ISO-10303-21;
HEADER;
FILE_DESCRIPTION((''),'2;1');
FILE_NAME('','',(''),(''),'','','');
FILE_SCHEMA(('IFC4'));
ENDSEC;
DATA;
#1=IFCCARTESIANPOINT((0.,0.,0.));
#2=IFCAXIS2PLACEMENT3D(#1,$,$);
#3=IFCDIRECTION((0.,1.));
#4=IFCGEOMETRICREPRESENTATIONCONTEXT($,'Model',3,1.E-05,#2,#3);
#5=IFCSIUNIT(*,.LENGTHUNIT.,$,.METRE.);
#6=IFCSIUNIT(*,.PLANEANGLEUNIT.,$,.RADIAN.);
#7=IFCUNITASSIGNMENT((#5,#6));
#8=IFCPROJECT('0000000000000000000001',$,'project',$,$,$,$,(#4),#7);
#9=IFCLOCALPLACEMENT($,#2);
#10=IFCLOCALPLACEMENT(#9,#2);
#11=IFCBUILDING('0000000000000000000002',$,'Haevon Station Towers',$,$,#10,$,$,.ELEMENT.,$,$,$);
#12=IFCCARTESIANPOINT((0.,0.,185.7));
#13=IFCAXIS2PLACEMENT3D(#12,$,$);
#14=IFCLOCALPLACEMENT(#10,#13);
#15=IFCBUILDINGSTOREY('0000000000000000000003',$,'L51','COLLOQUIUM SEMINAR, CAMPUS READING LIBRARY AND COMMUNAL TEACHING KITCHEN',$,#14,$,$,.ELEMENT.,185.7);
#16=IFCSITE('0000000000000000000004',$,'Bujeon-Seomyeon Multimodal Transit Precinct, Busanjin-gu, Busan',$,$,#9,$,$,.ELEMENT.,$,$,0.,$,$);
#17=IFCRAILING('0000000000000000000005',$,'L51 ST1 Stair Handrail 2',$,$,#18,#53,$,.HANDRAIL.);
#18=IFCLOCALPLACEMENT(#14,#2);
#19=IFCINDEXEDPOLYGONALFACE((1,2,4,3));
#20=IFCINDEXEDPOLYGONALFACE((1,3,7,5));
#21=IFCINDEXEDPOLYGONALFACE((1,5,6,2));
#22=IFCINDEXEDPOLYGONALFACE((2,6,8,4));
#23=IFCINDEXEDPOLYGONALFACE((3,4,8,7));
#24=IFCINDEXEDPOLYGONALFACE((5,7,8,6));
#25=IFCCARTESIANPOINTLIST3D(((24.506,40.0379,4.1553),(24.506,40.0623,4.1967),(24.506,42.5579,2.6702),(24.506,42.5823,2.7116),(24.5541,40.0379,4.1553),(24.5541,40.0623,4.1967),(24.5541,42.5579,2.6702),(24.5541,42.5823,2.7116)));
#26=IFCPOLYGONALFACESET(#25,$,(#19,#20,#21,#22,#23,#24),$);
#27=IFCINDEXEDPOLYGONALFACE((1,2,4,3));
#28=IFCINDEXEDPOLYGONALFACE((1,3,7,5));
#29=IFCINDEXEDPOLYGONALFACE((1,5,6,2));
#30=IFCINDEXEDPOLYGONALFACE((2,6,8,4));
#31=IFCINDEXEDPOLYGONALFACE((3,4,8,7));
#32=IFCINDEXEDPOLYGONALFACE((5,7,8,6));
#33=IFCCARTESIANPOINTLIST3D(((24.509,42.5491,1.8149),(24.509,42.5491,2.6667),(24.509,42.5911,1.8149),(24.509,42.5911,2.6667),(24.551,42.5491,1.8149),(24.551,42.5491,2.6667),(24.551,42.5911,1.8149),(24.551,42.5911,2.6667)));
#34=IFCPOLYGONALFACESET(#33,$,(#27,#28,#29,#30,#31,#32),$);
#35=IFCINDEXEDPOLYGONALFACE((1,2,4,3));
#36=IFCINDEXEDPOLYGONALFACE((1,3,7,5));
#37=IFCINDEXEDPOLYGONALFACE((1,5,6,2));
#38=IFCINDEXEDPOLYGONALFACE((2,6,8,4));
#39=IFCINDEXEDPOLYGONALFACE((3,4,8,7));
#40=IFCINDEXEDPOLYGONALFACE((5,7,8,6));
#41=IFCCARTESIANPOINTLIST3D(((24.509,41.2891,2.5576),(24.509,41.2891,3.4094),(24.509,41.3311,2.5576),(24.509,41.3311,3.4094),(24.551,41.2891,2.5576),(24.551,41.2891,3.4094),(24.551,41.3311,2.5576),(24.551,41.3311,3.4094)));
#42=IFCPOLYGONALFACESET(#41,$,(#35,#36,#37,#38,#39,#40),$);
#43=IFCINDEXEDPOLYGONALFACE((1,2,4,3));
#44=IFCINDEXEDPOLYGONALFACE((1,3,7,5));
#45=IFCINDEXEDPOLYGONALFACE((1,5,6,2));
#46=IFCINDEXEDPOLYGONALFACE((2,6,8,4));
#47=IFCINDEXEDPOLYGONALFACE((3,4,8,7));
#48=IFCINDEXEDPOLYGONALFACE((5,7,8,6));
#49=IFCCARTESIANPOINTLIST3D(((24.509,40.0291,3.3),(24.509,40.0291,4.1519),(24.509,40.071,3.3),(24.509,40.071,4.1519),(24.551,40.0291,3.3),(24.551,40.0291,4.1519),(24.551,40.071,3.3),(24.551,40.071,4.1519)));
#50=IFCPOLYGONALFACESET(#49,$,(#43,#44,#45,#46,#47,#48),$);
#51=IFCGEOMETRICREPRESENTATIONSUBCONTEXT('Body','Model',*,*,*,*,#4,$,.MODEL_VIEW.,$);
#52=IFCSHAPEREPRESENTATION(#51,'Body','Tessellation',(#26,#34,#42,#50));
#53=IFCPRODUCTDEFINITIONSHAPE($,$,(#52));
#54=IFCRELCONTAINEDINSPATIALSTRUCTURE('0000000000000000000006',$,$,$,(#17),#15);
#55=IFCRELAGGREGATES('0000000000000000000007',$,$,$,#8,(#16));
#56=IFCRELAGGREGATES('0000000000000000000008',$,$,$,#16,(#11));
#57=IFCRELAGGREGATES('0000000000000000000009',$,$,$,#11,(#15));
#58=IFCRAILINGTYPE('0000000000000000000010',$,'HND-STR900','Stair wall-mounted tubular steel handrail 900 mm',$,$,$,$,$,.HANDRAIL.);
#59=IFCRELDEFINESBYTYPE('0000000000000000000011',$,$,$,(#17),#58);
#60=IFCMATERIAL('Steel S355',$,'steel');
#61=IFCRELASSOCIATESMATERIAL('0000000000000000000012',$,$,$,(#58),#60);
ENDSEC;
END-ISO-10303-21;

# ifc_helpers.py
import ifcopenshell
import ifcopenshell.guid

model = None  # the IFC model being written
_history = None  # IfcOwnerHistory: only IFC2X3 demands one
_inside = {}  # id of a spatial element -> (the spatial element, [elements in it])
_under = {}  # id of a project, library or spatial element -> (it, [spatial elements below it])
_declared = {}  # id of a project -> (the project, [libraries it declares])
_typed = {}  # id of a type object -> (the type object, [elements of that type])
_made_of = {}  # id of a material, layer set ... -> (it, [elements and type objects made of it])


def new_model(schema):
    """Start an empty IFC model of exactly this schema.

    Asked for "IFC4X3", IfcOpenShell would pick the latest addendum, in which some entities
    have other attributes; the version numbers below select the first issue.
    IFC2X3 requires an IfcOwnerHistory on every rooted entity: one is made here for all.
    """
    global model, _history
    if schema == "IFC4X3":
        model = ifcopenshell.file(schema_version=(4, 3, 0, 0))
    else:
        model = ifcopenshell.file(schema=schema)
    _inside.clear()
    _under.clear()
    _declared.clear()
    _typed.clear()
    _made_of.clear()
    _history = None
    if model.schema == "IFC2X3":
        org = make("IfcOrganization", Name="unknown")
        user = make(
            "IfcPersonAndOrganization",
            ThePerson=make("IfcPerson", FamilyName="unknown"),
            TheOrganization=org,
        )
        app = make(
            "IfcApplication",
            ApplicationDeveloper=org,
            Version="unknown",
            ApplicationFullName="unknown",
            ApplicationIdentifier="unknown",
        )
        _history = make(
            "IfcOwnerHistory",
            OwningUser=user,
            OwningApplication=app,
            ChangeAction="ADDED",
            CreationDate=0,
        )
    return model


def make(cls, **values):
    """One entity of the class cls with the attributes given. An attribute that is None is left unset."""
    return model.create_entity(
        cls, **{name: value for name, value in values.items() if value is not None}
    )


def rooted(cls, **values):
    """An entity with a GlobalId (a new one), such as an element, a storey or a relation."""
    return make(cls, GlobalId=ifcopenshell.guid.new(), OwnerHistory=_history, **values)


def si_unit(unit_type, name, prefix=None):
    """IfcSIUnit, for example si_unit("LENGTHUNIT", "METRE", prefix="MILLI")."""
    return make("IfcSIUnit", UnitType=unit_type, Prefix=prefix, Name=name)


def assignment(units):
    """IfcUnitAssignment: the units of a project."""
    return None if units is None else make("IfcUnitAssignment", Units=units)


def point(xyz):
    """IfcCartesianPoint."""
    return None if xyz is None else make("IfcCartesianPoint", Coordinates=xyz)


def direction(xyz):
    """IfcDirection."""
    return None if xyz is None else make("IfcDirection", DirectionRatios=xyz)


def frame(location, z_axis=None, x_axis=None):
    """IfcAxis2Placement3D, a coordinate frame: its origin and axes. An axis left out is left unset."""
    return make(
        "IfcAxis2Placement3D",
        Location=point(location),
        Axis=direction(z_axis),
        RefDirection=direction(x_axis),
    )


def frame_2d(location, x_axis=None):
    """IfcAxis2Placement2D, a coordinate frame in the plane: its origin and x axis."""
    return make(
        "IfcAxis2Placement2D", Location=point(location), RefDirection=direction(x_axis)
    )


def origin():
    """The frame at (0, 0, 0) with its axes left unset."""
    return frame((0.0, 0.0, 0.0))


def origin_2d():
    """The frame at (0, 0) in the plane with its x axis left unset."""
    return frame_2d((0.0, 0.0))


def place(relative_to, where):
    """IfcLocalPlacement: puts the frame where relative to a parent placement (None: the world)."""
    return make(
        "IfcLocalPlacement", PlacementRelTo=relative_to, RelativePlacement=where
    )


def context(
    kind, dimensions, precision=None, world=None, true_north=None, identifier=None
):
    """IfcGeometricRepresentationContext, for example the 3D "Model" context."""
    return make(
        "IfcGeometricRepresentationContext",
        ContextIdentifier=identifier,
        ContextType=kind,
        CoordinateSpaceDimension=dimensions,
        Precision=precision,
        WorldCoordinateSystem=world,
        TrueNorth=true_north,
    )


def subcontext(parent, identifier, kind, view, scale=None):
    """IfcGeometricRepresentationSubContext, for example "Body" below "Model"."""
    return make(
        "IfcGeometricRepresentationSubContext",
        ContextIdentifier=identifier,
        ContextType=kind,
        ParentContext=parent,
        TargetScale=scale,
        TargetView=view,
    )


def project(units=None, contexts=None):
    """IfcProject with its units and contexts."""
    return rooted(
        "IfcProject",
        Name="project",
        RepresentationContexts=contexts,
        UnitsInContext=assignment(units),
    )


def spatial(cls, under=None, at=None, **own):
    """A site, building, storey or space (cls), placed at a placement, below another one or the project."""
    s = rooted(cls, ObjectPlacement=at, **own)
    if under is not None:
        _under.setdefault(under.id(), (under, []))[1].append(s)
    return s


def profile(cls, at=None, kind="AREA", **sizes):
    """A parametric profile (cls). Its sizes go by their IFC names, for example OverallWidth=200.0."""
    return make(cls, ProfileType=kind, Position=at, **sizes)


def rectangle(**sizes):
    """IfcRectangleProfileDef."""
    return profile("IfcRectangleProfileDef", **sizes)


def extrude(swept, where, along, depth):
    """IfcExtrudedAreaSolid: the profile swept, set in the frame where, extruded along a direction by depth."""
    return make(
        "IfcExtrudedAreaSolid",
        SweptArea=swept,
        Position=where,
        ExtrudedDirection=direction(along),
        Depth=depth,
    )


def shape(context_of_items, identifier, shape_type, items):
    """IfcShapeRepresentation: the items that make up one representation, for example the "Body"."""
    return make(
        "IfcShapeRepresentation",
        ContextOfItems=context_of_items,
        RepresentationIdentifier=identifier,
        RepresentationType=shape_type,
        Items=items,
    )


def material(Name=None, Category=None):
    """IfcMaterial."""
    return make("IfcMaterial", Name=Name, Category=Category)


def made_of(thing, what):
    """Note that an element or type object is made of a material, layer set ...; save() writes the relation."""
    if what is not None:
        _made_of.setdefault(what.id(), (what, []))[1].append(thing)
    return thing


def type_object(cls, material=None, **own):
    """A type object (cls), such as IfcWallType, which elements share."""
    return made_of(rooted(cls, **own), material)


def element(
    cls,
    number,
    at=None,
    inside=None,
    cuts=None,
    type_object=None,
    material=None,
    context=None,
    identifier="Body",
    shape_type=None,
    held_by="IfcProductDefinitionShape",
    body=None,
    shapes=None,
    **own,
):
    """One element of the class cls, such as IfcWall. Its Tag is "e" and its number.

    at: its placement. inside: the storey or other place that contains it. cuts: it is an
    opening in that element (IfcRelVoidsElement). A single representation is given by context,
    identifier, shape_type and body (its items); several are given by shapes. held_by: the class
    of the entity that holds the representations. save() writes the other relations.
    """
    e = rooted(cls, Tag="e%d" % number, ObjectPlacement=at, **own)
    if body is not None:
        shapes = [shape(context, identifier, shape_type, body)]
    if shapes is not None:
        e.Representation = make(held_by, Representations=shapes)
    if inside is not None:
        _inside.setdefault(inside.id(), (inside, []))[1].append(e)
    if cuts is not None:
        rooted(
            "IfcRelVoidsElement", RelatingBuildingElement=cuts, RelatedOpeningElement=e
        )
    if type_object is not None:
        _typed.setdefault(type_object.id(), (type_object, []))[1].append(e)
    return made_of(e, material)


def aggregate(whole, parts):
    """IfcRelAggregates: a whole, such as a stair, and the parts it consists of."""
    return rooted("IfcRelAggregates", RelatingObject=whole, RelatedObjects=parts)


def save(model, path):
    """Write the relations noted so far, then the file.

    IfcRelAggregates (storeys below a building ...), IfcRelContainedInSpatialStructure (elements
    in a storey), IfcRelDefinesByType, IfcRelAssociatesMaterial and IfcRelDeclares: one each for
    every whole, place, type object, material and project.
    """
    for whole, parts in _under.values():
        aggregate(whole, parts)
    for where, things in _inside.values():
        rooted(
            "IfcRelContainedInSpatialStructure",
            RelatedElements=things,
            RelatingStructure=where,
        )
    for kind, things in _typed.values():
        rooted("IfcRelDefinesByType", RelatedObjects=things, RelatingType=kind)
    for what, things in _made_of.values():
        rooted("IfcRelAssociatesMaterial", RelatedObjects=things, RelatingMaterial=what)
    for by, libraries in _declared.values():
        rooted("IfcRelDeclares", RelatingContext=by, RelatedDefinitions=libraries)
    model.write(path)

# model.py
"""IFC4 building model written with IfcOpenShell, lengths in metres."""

from ifc_helpers import new_model, si_unit, direction, frame, origin, origin_2d, place, context, subcontext, project, spatial, rectangle, extrude, material, type_object, element, save


model = new_model("IFC4")

# Units and contexts
model_context = context("Model", 3, precision=1e-05, world=origin(), true_north=direction((0.0, 1.0)))
body_context = subcontext(model_context, "Body", "Model", "MODEL_VIEW")
ifc_project = project(units=[si_unit("LENGTHUNIT", "METRE"), si_unit("PLANEANGLEUNIT", "RADIAN")], contexts=[model_context])

# Site, building, storey
site_placement = place(None, origin())
site = spatial("IfcSite", under=ifc_project, at=site_placement, Name="Bujeon-Seomyeon Multimodal Transit Precinct, Busanjin-gu, Busan", CompositionType="ELEMENT", RefElevation=0.0)
building_placement = place(site_placement, origin())
building = spatial("IfcBuilding", under=site, at=building_placement, Name="Haevon Station Towers", CompositionType="ELEMENT")
storey_placement = place(building_placement, frame((0.0, 0.0, 185.7)))
storey = spatial("IfcBuildingStorey", under=building, at=storey_placement, Name="L51", Description="COLLOQUIUM SEMINAR, CAMPUS READING LIBRARY AND COMMUNAL TEACHING KITCHEN", CompositionType="ELEMENT", Elevation=185.7)

# Shared definitions
ifc_material_1 = material(Name="Steel S355", Category="steel")

# Railing
railing_type_1 = type_object("IfcRailingType", Name="HND-STR900", Description="Stair wall-mounted tubular steel handrail 900 mm", PredefinedType="HANDRAIL", material=ifc_material_1)
railing_1_placement = place(storey_placement, frame((24.53, 42.5701, 1.8149)))
element("IfcRailing", 1, at=railing_1_placement, inside=storey, type_object=railing_type_1, Name="L51 ST1 Stair Handrail 2", PredefinedType="HANDRAIL", context=body_context, shape_type="SweptSolid", body=[
    extrude(rectangle(XDim=0.0481, YDim=0.0481, at=origin_2d()), frame((0.0, 0.0, 0.876), z_axis=(0.0, -0.861524, 0.507717), x_axis=(1.0, 0.0, 0.0)), (0.0, 0.0, 1.0), 2.925),
    extrude(rectangle(XDim=0.042, YDim=0.042, at=origin_2d()), origin(), (0.0, 0.0, 1.0), 0.8518),
    extrude(rectangle(XDim=0.042, YDim=0.042, at=origin_2d()), frame((0.0, -1.26, 0.7427)), (0.0, 0.0, 1.0), 0.8518),
    extrude(rectangle(XDim=0.042, YDim=0.042, at=origin_2d()), frame((0.0, -2.52, 1.4851)), (0.0, 0.0, 1.0), 0.8518),
])

save(model, "model.ifc")
